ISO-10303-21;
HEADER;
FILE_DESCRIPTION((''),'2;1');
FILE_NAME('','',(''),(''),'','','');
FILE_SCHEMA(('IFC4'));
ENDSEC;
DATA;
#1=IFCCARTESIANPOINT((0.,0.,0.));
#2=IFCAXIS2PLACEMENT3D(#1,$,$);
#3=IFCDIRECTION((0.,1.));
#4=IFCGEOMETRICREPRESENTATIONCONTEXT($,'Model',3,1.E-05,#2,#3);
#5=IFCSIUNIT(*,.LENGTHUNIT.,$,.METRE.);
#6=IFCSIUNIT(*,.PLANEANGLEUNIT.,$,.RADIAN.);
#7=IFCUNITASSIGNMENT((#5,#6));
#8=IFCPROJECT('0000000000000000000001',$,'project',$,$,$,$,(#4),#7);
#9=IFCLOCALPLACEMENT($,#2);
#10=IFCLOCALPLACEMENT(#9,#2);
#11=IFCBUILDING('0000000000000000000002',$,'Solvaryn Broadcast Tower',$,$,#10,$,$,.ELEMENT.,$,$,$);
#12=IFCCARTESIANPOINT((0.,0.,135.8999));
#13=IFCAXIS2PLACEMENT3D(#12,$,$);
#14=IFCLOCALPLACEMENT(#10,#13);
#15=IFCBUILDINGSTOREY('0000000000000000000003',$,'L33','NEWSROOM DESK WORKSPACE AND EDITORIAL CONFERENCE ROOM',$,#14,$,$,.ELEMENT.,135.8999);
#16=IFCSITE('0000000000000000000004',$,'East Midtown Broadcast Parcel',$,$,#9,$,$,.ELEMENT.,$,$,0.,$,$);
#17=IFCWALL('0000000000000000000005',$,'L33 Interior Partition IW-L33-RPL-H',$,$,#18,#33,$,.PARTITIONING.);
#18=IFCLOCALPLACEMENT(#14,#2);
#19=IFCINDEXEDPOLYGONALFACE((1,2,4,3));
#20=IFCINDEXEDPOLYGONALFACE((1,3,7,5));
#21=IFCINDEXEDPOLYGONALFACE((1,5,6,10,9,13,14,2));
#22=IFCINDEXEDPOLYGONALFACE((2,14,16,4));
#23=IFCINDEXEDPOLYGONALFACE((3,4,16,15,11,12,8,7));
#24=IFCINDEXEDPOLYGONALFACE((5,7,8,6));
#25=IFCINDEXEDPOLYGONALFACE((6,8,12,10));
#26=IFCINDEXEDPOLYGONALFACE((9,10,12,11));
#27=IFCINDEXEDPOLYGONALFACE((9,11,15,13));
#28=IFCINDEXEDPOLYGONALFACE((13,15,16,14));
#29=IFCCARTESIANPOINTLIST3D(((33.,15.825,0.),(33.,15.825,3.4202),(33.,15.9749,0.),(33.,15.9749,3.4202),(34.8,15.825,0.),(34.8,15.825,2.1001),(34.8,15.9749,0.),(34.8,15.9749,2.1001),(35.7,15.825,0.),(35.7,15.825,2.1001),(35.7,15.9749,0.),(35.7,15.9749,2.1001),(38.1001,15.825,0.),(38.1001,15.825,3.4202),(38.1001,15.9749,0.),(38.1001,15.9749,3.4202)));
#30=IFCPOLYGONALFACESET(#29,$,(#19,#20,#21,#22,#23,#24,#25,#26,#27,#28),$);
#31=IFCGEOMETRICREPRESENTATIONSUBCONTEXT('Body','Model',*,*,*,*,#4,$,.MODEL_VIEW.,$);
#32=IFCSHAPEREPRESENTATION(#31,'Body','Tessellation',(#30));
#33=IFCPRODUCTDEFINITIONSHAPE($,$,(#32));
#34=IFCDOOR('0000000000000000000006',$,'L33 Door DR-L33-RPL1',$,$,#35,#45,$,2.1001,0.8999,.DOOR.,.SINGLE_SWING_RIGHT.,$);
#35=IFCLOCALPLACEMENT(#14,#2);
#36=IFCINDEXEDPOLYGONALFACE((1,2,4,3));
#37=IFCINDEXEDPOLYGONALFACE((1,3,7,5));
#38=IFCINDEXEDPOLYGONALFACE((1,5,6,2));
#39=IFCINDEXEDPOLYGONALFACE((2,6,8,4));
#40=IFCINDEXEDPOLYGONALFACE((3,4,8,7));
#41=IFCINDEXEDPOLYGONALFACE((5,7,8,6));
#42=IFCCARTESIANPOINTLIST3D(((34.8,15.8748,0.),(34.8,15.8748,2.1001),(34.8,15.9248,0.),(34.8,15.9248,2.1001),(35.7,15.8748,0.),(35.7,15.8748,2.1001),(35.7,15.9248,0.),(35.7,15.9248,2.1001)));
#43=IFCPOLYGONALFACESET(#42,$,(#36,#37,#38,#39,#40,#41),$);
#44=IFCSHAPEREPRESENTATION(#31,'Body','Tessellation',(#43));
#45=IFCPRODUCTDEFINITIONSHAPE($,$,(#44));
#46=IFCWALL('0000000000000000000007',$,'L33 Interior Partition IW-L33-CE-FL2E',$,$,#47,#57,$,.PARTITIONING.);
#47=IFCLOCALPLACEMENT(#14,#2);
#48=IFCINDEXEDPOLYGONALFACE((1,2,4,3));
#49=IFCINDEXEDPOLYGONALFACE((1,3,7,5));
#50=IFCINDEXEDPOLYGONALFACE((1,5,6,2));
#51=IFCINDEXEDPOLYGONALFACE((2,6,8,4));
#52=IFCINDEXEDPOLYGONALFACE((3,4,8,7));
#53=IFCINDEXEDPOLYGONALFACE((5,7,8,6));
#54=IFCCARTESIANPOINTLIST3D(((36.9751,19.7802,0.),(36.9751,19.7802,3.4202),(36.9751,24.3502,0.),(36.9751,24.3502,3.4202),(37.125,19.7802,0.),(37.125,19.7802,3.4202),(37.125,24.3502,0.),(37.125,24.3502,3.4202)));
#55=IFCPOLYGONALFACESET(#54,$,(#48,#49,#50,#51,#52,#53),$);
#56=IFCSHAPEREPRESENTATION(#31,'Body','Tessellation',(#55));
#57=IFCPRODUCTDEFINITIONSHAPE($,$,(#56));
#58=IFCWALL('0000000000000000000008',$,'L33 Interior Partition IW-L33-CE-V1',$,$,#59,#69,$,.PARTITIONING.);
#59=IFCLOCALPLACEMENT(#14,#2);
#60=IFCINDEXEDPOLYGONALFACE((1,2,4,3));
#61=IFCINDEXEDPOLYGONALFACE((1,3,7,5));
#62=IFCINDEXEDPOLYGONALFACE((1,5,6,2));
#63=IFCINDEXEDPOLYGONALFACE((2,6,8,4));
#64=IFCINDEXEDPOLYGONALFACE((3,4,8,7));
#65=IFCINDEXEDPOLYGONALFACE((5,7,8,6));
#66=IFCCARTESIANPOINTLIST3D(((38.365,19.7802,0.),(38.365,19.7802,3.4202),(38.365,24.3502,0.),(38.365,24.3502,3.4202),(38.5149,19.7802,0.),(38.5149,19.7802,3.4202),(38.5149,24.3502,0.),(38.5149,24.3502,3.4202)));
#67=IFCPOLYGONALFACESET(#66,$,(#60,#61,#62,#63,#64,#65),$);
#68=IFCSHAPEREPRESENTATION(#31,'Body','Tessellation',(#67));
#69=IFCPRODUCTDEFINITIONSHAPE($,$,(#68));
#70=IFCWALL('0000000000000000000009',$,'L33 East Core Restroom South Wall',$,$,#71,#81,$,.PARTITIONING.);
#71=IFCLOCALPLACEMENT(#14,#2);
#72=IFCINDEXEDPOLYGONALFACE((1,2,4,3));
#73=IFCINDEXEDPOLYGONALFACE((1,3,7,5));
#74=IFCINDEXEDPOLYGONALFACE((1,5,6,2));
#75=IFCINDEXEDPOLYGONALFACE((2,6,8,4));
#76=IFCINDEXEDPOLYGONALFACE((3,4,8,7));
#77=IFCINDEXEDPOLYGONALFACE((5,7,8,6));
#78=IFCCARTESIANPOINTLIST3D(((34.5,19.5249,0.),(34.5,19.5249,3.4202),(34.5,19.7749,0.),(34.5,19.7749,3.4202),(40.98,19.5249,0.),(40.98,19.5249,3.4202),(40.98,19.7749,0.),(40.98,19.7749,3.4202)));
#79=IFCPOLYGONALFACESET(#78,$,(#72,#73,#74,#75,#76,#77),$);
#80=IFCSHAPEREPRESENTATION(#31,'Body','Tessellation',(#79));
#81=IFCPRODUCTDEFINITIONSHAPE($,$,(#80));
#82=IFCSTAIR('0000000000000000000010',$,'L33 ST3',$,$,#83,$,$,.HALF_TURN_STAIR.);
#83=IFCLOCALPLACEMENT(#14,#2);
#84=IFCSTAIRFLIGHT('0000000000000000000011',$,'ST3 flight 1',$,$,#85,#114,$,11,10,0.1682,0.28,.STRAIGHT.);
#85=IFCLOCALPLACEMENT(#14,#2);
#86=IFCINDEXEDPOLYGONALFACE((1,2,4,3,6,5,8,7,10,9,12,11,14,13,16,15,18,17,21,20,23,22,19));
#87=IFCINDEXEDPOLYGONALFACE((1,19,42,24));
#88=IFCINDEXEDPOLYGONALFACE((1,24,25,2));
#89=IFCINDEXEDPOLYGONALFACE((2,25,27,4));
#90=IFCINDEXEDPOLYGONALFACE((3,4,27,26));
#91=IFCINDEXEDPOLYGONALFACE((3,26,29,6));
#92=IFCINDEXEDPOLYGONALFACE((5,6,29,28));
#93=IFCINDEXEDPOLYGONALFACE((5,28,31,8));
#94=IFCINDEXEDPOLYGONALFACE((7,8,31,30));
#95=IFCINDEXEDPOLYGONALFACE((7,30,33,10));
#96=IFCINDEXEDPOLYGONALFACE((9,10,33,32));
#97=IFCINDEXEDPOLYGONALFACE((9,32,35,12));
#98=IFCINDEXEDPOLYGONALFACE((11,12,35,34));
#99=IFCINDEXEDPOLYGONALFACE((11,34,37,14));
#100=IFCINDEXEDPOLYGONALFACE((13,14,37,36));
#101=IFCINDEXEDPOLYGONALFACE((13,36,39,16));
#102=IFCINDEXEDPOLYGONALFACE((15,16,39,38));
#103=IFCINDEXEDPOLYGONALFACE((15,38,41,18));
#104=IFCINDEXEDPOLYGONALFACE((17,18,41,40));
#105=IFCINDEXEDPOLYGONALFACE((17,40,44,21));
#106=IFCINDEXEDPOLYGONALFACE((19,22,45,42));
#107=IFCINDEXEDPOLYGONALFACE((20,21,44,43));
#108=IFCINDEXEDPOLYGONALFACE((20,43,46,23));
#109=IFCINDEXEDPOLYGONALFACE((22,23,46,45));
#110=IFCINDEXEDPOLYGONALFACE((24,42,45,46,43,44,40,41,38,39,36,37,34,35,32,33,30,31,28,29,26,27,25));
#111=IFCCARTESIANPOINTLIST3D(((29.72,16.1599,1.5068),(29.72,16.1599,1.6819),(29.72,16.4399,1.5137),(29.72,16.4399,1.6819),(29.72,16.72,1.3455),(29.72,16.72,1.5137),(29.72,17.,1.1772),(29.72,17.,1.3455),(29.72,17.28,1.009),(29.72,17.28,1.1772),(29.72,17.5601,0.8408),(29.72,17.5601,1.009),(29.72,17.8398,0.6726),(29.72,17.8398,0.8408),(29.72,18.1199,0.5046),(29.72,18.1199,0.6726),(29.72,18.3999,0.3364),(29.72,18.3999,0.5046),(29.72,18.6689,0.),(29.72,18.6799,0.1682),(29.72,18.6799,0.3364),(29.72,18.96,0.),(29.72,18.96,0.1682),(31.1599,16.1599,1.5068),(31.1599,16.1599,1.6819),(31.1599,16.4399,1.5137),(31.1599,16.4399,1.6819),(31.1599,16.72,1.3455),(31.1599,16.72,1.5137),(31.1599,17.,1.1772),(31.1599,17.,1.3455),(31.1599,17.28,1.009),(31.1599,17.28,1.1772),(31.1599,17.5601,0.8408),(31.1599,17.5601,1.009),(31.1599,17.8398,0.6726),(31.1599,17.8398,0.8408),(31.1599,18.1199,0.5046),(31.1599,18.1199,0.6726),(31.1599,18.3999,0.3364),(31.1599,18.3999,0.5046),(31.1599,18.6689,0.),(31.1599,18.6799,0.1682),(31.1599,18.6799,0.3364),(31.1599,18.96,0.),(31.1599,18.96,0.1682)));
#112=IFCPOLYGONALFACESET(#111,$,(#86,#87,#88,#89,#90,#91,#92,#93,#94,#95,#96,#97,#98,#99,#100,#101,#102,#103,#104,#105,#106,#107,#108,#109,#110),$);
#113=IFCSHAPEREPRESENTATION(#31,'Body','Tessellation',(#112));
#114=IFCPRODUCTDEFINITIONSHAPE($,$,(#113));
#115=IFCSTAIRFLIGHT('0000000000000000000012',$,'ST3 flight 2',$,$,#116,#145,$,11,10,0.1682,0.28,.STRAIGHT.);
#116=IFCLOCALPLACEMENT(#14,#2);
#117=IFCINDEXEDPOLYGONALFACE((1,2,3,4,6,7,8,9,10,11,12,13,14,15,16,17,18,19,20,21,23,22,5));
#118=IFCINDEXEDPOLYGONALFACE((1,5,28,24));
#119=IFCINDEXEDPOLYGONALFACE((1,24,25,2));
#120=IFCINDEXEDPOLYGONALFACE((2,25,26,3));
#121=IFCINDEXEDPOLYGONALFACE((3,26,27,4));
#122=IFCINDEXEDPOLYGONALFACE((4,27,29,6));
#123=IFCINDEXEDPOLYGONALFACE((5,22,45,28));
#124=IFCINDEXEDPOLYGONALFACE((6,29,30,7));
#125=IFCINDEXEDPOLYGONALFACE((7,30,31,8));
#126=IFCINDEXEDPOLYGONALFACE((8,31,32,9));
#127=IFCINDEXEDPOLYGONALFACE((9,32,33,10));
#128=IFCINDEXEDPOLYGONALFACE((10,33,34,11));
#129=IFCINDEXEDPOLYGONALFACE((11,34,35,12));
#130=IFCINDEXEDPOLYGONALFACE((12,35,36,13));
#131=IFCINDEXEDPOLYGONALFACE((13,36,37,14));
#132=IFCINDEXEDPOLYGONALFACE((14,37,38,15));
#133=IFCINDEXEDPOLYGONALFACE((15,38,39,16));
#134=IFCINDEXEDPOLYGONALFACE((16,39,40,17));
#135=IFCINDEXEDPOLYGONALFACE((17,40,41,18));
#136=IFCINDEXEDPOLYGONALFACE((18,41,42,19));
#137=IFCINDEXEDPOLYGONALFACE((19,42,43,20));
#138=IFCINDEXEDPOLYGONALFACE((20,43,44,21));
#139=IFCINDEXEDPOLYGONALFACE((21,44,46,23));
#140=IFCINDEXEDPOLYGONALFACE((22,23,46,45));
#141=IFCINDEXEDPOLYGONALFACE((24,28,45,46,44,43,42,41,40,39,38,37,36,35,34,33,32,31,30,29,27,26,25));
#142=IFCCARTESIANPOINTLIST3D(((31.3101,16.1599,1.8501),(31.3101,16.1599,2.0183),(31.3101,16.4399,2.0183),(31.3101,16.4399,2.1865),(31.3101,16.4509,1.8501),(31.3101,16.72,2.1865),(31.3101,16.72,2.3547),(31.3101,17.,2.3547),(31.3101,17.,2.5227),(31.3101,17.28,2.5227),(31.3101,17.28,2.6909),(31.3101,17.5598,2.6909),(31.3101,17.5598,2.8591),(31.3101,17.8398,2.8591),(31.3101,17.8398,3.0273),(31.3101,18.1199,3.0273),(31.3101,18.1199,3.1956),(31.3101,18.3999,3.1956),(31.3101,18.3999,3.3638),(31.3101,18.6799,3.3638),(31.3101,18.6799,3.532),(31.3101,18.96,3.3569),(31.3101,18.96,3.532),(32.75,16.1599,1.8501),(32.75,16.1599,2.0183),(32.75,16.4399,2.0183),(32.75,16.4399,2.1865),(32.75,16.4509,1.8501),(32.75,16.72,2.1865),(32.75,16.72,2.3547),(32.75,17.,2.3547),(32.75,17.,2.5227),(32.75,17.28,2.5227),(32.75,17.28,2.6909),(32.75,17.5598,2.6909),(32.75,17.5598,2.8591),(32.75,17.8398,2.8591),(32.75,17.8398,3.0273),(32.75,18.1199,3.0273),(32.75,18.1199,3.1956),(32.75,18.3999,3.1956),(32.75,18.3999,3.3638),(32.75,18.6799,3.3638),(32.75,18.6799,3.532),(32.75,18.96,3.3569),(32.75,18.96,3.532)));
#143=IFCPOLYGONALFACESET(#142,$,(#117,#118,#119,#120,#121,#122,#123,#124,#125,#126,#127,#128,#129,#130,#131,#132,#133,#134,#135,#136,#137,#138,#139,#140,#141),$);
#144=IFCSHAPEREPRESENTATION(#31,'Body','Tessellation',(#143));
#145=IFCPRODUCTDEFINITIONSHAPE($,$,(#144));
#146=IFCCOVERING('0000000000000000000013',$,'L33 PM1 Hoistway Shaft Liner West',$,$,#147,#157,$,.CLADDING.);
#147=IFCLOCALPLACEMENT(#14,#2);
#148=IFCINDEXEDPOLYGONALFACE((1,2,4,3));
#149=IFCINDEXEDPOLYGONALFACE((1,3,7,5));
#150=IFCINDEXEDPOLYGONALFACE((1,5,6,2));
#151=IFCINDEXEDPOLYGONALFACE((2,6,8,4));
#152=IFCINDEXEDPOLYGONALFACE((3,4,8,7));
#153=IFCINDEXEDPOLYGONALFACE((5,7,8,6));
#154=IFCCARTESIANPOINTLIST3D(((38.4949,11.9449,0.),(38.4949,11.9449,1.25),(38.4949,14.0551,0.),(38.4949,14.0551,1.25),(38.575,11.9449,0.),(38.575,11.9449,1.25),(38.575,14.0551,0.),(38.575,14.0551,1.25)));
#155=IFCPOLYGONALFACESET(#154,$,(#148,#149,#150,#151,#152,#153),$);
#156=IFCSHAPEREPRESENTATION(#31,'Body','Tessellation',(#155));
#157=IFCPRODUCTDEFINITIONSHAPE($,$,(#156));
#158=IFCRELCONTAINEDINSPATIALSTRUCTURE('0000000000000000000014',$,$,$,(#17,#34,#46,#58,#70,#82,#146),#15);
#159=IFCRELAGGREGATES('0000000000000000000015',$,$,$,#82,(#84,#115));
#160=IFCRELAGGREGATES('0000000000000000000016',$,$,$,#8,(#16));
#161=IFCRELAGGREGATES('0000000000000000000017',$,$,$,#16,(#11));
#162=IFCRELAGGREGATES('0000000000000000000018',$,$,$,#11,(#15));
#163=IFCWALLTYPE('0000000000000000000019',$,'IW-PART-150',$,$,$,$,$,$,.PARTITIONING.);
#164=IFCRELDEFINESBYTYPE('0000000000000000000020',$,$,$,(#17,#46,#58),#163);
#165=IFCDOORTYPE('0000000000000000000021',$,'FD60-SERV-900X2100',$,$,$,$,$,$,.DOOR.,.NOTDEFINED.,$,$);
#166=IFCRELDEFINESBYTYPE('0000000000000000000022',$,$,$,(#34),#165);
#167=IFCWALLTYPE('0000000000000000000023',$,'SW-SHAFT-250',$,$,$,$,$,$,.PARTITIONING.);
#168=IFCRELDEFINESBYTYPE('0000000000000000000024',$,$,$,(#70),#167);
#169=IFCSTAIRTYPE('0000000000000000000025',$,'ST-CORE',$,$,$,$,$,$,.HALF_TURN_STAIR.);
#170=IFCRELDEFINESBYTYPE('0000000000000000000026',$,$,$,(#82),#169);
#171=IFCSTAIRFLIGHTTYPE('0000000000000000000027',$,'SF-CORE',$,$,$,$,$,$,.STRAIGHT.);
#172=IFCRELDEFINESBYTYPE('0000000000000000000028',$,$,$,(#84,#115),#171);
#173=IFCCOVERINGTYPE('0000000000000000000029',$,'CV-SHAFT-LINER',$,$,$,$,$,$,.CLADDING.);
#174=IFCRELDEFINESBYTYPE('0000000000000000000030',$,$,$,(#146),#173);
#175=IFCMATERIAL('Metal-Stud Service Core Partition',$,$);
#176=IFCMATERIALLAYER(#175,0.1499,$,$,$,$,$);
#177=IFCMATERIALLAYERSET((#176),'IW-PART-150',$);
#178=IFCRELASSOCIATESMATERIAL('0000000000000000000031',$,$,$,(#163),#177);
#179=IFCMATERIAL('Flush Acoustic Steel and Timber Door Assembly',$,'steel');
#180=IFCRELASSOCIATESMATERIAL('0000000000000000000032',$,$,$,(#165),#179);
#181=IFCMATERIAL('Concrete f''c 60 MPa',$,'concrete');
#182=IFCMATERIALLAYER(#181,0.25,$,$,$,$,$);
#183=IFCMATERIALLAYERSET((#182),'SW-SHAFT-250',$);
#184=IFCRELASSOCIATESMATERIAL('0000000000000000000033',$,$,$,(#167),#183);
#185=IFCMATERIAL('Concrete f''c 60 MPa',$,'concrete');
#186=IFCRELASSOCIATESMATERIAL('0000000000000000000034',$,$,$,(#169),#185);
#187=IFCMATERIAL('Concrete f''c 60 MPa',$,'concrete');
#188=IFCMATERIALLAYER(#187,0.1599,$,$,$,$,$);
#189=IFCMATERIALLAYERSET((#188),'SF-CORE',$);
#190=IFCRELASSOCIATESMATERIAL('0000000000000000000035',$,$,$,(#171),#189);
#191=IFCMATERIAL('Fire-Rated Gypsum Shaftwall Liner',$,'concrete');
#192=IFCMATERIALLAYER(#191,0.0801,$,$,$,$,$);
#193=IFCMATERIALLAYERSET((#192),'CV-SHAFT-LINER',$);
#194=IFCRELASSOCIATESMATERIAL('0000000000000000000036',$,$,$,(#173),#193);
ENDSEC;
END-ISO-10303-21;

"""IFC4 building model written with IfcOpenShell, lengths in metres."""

from ifc_helpers import new_model, si_unit, direction, frame, frame_2d, origin, origin_2d, place, context, subcontext, project, spatial, polyline, rectangle, outline, extrude, material, layer, layer_set, type_object, element, fill, aggregate, save


model = new_model("IFC4")

# Units and contexts
model_context = context("Model", 3, precision=1e-05, world=origin(), true_north=direction((0.0, 1.0)))
body_context = subcontext(model_context, "Body", "Model", "MODEL_VIEW")
ifc_project = project(units=[si_unit("LENGTHUNIT", "METRE"), si_unit("PLANEANGLEUNIT", "RADIAN")], contexts=[model_context])

# Site, building, storey
site_placement = place(None, origin())
site = spatial("IfcSite", under=ifc_project, at=site_placement, Name="East Midtown Broadcast Parcel", CompositionType="ELEMENT", RefElevation=0.0)
building_placement = place(site_placement, origin())
building = spatial("IfcBuilding", under=site, at=building_placement, Name="Solvaryn Broadcast Tower", CompositionType="ELEMENT")
storey_placement = place(building_placement, frame((0.0, 0.0, 135.8999)))
storey = spatial("IfcBuildingStorey", under=building, at=storey_placement, Name="L33", Description="NEWSROOM DESK WORKSPACE AND EDITORIAL CONFERENCE ROOM", CompositionType="ELEMENT", Elevation=135.8999)

# Wall, opening, door
ifc_material_1 = material(Name="Metal-Stud Service Core Partition")
ifc_layer_1 = layer(ifc_material_1, 0.1499)
ifc_layer_set_1 = layer_set([ifc_layer_1], Name="IW-PART-150")
wall_type_1 = type_object("IfcWallType", Name="IW-PART-150", PredefinedType="PARTITIONING", material=ifc_layer_set_1)
wall_1_placement = place(storey_placement, frame((33.0, 15.8999, 0.0), z_axis=(0.0, 0.0, 1.0), x_axis=(1.0, 0.0, 0.0)))
wall_1 = element("IfcWall", 1, at=wall_1_placement, inside=storey, type_object=wall_type_1, Name="L33 Interior Partition IW-L33-RPL-H", PredefinedType="PARTITIONING", context=body_context, shape_type="SweptSolid", body=[
    extrude(rectangle(XDim=5.1001, YDim=0.1499, at=frame_2d((2.55, 0.0))), origin(), (0.0, 0.0, 1.0), 3.4202),
])
opening_1_placement = place(wall_1_placement, frame((1.8, 0.0, 0.0)))
opening_1 = element("IfcOpeningElement", 2, at=opening_1_placement, cuts=wall_1, PredefinedType="OPENING", context=body_context, shape_type="SweptSolid", body=[
    extrude(rectangle(XDim=0.8999, YDim=2.1001, at=frame_2d((0.45, 1.05))), frame((0.0, 0.085, 0.0), z_axis=(0.0, -1.0, 0.0), x_axis=(1.0, 0.0, 0.0)), (0.0, 0.0, 1.0), 0.1699),
])
ifc_material_2 = material(Name="Flush Acoustic Steel and Timber Door Assembly", Category="steel")
door_type_1 = type_object("IfcDoorType", Name="FD60-SERV-900X2100", OperationType="NOTDEFINED", PredefinedType="DOOR", material=ifc_material_2)
door_1_placement = place(opening_1_placement, origin())
door_1 = element("IfcDoor", 3, at=door_1_placement, inside=storey, type_object=door_type_1, Name="L33 Door DR-L33-RPL1", OperationType="SINGLE_SWING_RIGHT", OverallHeight=2.1001, OverallWidth=0.8999, PredefinedType="DOOR", context=body_context, shape_type="SweptSolid", body=[
    extrude(rectangle(XDim=0.8999, YDim=2.1001, at=frame_2d((0.45, 1.05))), frame((0.0, 0.0249, 0.0), z_axis=(0.0, -1.0, 0.0), x_axis=(1.0, 0.0, 0.0)), (0.0, 0.0, 1.0), 0.05),
])
fill(opening_1, door_1)

# Walls
for number, where, z_axis, x_axis, name in (
    (4, (37.05, 19.78, 0.0), (0.0, 0.0, 1.0), (0.0, 1.0, 0.0), "L33 Interior Partition IW-L33-CE-FL2E"),
    (5, (38.4399, 19.78, 0.0), (0.0, 0.0, 1.0), (0.0, 1.0, 0.0), "L33 Interior Partition IW-L33-CE-V1"),
):
    element("IfcWall", number, at=place(storey_placement, frame(where, z_axis=z_axis, x_axis=x_axis)), inside=storey, type_object=wall_type_1, Name=name, PredefinedType="PARTITIONING", context=body_context, shape_type="SweptSolid", body=[
        extrude(rectangle(XDim=4.5701, YDim=0.1499, at=frame_2d((2.2852, 0.0))), origin(), (0.0, 0.0, 1.0), 3.4202),
    ])
ifc_material_3 = material(Name="Concrete f'c 60 MPa", Category="concrete")
ifc_layer_2 = layer(ifc_material_3, 0.25)
ifc_layer_set_2 = layer_set([ifc_layer_2], Name="SW-SHAFT-250")
wall_type_2 = type_object("IfcWallType", Name="SW-SHAFT-250", PredefinedType="PARTITIONING", material=ifc_layer_set_2)
wall_2_placement = place(storey_placement, frame((34.5, 19.6499, 0.0), z_axis=(0.0, 0.0, 1.0), x_axis=(1.0, 0.0, 0.0)))
element("IfcWall", 6, at=wall_2_placement, inside=storey, type_object=wall_type_2, Name="L33 East Core Restroom South Wall", PredefinedType="PARTITIONING", context=body_context, shape_type="SweptSolid", body=[
    extrude(rectangle(XDim=6.48, YDim=0.25, at=frame_2d((3.24, 0.0))), origin(), (0.0, 0.0, 1.0), 3.4202),
])

# Stair, stair flights
ifc_material_4 = material(Name="Concrete f'c 60 MPa", Category="concrete")
stair_type = type_object("IfcStairType", Name="ST-CORE", PredefinedType="HALF_TURN_STAIR", material=ifc_material_4)
stair_placement = place(storey_placement, origin())
stair = element("IfcStair", 7, at=stair_placement, inside=storey, type_object=stair_type, Name="L33 ST3", PredefinedType="HALF_TURN_STAIR")
ifc_material_5 = material(Name="Concrete f'c 60 MPa", Category="concrete")
ifc_layer_3 = layer(ifc_material_5, 0.1599)
ifc_layer_set_3 = layer_set([ifc_layer_3], Name="SF-CORE")
stair_flight_type = type_object("IfcStairFlightType", Name="SF-CORE", PredefinedType="STRAIGHT", material=ifc_layer_set_3)
stair_flight_1_placement = place(storey_placement, frame((30.4399, 18.96, 0.0), z_axis=(0.0, 0.0, 1.0), x_axis=(0.0, -1.0, 0.0)))
stair_flight_1 = element("IfcStairFlight", 8, at=stair_flight_1_placement, type_object=stair_flight_type, Name="ST3 flight 1", NumberOfRisers=11, NumberOfTreads=10, PredefinedType="STRAIGHT", RiserHeight=0.1682, TreadLength=0.28, context=body_context, shape_type="SweptSolid", body=[
    extrude(outline(polyline([(0.0, 0.0), (0.0, 0.1682), (0.28, 0.1682), (0.28, 0.3364), (0.5601, 0.3364), (0.5601, 0.5046), (0.8401, 0.5046), (0.8401, 0.6726), (1.1201, 0.6726), (1.1201, 0.8408), (1.3999, 0.8408), (1.3999, 1.009), (1.6799, 1.009), (1.6799, 1.1772), (1.96, 1.1772), (1.96, 1.3455), (2.24, 1.3455), (2.24, 1.5137), (2.52, 1.5137), (2.52, 1.6819), (2.8, 1.6819), (2.8, 1.8501), (2.8, 1.5068), (0.291, 0.0), (0.0, 0.0)])), frame((0.0, 0.72, 0.0), z_axis=(0.0, -1.0, 0.0), x_axis=(1.0, 0.0, 0.0)), (0.0, 0.0, 1.0), 1.4399),
])
stair_flight_2_placement = place(storey_placement, frame((32.03, 16.1599, 1.8501), z_axis=(0.0, 0.0, 1.0), x_axis=(0.0, 1.0, 0.0)))
stair_flight_2 = element("IfcStairFlight", 9, at=stair_flight_2_placement, type_object=stair_flight_type, Name="ST3 flight 2", NumberOfRisers=11, NumberOfTreads=10, PredefinedType="STRAIGHT", RiserHeight=0.1682, TreadLength=0.28, context=body_context, shape_type="SweptSolid", body=[
    extrude(outline(polyline([(0.0, 0.0), (0.0, 0.1682), (0.28, 0.1682), (0.28, 0.3364), (0.5601, 0.3364), (0.5601, 0.5046), (0.8401, 0.5046), (0.8401, 0.6726), (1.1201, 0.6726), (1.1201, 0.8408), (1.3999, 0.8408), (1.3999, 1.009), (1.6799, 1.009), (1.6799, 1.1772), (1.96, 1.1772), (1.96, 1.3455), (2.24, 1.3455), (2.24, 1.5137), (2.52, 1.5137), (2.52, 1.6819), (2.8, 1.6819), (2.8, 1.8501), (2.8, 1.5068), (0.291, 0.0), (0.0, 0.0)])), frame((0.0, 0.72, 0.0), z_axis=(0.0, -1.0, 0.0), x_axis=(1.0, 0.0, 0.0)), (0.0, 0.0, 1.0), 1.4399),
])
aggregate(stair, [stair_flight_1, stair_flight_2])

# Covering
ifc_material_6 = material(Name="Fire-Rated Gypsum Shaftwall Liner", Category="concrete")
ifc_layer_4 = layer(ifc_material_6, 0.0801)
ifc_layer_set_4 = layer_set([ifc_layer_4], Name="CV-SHAFT-LINER")
covering_type = type_object("IfcCoveringType", Name="CV-SHAFT-LINER", PredefinedType="CLADDING", material=ifc_layer_set_4)
covering_placement = place(storey_placement, frame((38.5349, 13.0, 0.0), z_axis=(0.0, 0.0, 1.0), x_axis=(1.0, 0.0, 0.0)))
element("IfcCovering", 10, at=covering_placement, inside=storey, type_object=covering_type, Name="L33 PM1 Hoistway Shaft Liner West", PredefinedType="CLADDING", context=body_context, shape_type="SweptSolid", body=[
    extrude(rectangle(XDim=0.0801, YDim=2.1101, at=origin_2d()), origin(), (0.0, 0.0, 1.0), 1.25),
])

save(model, "model.ifc")
